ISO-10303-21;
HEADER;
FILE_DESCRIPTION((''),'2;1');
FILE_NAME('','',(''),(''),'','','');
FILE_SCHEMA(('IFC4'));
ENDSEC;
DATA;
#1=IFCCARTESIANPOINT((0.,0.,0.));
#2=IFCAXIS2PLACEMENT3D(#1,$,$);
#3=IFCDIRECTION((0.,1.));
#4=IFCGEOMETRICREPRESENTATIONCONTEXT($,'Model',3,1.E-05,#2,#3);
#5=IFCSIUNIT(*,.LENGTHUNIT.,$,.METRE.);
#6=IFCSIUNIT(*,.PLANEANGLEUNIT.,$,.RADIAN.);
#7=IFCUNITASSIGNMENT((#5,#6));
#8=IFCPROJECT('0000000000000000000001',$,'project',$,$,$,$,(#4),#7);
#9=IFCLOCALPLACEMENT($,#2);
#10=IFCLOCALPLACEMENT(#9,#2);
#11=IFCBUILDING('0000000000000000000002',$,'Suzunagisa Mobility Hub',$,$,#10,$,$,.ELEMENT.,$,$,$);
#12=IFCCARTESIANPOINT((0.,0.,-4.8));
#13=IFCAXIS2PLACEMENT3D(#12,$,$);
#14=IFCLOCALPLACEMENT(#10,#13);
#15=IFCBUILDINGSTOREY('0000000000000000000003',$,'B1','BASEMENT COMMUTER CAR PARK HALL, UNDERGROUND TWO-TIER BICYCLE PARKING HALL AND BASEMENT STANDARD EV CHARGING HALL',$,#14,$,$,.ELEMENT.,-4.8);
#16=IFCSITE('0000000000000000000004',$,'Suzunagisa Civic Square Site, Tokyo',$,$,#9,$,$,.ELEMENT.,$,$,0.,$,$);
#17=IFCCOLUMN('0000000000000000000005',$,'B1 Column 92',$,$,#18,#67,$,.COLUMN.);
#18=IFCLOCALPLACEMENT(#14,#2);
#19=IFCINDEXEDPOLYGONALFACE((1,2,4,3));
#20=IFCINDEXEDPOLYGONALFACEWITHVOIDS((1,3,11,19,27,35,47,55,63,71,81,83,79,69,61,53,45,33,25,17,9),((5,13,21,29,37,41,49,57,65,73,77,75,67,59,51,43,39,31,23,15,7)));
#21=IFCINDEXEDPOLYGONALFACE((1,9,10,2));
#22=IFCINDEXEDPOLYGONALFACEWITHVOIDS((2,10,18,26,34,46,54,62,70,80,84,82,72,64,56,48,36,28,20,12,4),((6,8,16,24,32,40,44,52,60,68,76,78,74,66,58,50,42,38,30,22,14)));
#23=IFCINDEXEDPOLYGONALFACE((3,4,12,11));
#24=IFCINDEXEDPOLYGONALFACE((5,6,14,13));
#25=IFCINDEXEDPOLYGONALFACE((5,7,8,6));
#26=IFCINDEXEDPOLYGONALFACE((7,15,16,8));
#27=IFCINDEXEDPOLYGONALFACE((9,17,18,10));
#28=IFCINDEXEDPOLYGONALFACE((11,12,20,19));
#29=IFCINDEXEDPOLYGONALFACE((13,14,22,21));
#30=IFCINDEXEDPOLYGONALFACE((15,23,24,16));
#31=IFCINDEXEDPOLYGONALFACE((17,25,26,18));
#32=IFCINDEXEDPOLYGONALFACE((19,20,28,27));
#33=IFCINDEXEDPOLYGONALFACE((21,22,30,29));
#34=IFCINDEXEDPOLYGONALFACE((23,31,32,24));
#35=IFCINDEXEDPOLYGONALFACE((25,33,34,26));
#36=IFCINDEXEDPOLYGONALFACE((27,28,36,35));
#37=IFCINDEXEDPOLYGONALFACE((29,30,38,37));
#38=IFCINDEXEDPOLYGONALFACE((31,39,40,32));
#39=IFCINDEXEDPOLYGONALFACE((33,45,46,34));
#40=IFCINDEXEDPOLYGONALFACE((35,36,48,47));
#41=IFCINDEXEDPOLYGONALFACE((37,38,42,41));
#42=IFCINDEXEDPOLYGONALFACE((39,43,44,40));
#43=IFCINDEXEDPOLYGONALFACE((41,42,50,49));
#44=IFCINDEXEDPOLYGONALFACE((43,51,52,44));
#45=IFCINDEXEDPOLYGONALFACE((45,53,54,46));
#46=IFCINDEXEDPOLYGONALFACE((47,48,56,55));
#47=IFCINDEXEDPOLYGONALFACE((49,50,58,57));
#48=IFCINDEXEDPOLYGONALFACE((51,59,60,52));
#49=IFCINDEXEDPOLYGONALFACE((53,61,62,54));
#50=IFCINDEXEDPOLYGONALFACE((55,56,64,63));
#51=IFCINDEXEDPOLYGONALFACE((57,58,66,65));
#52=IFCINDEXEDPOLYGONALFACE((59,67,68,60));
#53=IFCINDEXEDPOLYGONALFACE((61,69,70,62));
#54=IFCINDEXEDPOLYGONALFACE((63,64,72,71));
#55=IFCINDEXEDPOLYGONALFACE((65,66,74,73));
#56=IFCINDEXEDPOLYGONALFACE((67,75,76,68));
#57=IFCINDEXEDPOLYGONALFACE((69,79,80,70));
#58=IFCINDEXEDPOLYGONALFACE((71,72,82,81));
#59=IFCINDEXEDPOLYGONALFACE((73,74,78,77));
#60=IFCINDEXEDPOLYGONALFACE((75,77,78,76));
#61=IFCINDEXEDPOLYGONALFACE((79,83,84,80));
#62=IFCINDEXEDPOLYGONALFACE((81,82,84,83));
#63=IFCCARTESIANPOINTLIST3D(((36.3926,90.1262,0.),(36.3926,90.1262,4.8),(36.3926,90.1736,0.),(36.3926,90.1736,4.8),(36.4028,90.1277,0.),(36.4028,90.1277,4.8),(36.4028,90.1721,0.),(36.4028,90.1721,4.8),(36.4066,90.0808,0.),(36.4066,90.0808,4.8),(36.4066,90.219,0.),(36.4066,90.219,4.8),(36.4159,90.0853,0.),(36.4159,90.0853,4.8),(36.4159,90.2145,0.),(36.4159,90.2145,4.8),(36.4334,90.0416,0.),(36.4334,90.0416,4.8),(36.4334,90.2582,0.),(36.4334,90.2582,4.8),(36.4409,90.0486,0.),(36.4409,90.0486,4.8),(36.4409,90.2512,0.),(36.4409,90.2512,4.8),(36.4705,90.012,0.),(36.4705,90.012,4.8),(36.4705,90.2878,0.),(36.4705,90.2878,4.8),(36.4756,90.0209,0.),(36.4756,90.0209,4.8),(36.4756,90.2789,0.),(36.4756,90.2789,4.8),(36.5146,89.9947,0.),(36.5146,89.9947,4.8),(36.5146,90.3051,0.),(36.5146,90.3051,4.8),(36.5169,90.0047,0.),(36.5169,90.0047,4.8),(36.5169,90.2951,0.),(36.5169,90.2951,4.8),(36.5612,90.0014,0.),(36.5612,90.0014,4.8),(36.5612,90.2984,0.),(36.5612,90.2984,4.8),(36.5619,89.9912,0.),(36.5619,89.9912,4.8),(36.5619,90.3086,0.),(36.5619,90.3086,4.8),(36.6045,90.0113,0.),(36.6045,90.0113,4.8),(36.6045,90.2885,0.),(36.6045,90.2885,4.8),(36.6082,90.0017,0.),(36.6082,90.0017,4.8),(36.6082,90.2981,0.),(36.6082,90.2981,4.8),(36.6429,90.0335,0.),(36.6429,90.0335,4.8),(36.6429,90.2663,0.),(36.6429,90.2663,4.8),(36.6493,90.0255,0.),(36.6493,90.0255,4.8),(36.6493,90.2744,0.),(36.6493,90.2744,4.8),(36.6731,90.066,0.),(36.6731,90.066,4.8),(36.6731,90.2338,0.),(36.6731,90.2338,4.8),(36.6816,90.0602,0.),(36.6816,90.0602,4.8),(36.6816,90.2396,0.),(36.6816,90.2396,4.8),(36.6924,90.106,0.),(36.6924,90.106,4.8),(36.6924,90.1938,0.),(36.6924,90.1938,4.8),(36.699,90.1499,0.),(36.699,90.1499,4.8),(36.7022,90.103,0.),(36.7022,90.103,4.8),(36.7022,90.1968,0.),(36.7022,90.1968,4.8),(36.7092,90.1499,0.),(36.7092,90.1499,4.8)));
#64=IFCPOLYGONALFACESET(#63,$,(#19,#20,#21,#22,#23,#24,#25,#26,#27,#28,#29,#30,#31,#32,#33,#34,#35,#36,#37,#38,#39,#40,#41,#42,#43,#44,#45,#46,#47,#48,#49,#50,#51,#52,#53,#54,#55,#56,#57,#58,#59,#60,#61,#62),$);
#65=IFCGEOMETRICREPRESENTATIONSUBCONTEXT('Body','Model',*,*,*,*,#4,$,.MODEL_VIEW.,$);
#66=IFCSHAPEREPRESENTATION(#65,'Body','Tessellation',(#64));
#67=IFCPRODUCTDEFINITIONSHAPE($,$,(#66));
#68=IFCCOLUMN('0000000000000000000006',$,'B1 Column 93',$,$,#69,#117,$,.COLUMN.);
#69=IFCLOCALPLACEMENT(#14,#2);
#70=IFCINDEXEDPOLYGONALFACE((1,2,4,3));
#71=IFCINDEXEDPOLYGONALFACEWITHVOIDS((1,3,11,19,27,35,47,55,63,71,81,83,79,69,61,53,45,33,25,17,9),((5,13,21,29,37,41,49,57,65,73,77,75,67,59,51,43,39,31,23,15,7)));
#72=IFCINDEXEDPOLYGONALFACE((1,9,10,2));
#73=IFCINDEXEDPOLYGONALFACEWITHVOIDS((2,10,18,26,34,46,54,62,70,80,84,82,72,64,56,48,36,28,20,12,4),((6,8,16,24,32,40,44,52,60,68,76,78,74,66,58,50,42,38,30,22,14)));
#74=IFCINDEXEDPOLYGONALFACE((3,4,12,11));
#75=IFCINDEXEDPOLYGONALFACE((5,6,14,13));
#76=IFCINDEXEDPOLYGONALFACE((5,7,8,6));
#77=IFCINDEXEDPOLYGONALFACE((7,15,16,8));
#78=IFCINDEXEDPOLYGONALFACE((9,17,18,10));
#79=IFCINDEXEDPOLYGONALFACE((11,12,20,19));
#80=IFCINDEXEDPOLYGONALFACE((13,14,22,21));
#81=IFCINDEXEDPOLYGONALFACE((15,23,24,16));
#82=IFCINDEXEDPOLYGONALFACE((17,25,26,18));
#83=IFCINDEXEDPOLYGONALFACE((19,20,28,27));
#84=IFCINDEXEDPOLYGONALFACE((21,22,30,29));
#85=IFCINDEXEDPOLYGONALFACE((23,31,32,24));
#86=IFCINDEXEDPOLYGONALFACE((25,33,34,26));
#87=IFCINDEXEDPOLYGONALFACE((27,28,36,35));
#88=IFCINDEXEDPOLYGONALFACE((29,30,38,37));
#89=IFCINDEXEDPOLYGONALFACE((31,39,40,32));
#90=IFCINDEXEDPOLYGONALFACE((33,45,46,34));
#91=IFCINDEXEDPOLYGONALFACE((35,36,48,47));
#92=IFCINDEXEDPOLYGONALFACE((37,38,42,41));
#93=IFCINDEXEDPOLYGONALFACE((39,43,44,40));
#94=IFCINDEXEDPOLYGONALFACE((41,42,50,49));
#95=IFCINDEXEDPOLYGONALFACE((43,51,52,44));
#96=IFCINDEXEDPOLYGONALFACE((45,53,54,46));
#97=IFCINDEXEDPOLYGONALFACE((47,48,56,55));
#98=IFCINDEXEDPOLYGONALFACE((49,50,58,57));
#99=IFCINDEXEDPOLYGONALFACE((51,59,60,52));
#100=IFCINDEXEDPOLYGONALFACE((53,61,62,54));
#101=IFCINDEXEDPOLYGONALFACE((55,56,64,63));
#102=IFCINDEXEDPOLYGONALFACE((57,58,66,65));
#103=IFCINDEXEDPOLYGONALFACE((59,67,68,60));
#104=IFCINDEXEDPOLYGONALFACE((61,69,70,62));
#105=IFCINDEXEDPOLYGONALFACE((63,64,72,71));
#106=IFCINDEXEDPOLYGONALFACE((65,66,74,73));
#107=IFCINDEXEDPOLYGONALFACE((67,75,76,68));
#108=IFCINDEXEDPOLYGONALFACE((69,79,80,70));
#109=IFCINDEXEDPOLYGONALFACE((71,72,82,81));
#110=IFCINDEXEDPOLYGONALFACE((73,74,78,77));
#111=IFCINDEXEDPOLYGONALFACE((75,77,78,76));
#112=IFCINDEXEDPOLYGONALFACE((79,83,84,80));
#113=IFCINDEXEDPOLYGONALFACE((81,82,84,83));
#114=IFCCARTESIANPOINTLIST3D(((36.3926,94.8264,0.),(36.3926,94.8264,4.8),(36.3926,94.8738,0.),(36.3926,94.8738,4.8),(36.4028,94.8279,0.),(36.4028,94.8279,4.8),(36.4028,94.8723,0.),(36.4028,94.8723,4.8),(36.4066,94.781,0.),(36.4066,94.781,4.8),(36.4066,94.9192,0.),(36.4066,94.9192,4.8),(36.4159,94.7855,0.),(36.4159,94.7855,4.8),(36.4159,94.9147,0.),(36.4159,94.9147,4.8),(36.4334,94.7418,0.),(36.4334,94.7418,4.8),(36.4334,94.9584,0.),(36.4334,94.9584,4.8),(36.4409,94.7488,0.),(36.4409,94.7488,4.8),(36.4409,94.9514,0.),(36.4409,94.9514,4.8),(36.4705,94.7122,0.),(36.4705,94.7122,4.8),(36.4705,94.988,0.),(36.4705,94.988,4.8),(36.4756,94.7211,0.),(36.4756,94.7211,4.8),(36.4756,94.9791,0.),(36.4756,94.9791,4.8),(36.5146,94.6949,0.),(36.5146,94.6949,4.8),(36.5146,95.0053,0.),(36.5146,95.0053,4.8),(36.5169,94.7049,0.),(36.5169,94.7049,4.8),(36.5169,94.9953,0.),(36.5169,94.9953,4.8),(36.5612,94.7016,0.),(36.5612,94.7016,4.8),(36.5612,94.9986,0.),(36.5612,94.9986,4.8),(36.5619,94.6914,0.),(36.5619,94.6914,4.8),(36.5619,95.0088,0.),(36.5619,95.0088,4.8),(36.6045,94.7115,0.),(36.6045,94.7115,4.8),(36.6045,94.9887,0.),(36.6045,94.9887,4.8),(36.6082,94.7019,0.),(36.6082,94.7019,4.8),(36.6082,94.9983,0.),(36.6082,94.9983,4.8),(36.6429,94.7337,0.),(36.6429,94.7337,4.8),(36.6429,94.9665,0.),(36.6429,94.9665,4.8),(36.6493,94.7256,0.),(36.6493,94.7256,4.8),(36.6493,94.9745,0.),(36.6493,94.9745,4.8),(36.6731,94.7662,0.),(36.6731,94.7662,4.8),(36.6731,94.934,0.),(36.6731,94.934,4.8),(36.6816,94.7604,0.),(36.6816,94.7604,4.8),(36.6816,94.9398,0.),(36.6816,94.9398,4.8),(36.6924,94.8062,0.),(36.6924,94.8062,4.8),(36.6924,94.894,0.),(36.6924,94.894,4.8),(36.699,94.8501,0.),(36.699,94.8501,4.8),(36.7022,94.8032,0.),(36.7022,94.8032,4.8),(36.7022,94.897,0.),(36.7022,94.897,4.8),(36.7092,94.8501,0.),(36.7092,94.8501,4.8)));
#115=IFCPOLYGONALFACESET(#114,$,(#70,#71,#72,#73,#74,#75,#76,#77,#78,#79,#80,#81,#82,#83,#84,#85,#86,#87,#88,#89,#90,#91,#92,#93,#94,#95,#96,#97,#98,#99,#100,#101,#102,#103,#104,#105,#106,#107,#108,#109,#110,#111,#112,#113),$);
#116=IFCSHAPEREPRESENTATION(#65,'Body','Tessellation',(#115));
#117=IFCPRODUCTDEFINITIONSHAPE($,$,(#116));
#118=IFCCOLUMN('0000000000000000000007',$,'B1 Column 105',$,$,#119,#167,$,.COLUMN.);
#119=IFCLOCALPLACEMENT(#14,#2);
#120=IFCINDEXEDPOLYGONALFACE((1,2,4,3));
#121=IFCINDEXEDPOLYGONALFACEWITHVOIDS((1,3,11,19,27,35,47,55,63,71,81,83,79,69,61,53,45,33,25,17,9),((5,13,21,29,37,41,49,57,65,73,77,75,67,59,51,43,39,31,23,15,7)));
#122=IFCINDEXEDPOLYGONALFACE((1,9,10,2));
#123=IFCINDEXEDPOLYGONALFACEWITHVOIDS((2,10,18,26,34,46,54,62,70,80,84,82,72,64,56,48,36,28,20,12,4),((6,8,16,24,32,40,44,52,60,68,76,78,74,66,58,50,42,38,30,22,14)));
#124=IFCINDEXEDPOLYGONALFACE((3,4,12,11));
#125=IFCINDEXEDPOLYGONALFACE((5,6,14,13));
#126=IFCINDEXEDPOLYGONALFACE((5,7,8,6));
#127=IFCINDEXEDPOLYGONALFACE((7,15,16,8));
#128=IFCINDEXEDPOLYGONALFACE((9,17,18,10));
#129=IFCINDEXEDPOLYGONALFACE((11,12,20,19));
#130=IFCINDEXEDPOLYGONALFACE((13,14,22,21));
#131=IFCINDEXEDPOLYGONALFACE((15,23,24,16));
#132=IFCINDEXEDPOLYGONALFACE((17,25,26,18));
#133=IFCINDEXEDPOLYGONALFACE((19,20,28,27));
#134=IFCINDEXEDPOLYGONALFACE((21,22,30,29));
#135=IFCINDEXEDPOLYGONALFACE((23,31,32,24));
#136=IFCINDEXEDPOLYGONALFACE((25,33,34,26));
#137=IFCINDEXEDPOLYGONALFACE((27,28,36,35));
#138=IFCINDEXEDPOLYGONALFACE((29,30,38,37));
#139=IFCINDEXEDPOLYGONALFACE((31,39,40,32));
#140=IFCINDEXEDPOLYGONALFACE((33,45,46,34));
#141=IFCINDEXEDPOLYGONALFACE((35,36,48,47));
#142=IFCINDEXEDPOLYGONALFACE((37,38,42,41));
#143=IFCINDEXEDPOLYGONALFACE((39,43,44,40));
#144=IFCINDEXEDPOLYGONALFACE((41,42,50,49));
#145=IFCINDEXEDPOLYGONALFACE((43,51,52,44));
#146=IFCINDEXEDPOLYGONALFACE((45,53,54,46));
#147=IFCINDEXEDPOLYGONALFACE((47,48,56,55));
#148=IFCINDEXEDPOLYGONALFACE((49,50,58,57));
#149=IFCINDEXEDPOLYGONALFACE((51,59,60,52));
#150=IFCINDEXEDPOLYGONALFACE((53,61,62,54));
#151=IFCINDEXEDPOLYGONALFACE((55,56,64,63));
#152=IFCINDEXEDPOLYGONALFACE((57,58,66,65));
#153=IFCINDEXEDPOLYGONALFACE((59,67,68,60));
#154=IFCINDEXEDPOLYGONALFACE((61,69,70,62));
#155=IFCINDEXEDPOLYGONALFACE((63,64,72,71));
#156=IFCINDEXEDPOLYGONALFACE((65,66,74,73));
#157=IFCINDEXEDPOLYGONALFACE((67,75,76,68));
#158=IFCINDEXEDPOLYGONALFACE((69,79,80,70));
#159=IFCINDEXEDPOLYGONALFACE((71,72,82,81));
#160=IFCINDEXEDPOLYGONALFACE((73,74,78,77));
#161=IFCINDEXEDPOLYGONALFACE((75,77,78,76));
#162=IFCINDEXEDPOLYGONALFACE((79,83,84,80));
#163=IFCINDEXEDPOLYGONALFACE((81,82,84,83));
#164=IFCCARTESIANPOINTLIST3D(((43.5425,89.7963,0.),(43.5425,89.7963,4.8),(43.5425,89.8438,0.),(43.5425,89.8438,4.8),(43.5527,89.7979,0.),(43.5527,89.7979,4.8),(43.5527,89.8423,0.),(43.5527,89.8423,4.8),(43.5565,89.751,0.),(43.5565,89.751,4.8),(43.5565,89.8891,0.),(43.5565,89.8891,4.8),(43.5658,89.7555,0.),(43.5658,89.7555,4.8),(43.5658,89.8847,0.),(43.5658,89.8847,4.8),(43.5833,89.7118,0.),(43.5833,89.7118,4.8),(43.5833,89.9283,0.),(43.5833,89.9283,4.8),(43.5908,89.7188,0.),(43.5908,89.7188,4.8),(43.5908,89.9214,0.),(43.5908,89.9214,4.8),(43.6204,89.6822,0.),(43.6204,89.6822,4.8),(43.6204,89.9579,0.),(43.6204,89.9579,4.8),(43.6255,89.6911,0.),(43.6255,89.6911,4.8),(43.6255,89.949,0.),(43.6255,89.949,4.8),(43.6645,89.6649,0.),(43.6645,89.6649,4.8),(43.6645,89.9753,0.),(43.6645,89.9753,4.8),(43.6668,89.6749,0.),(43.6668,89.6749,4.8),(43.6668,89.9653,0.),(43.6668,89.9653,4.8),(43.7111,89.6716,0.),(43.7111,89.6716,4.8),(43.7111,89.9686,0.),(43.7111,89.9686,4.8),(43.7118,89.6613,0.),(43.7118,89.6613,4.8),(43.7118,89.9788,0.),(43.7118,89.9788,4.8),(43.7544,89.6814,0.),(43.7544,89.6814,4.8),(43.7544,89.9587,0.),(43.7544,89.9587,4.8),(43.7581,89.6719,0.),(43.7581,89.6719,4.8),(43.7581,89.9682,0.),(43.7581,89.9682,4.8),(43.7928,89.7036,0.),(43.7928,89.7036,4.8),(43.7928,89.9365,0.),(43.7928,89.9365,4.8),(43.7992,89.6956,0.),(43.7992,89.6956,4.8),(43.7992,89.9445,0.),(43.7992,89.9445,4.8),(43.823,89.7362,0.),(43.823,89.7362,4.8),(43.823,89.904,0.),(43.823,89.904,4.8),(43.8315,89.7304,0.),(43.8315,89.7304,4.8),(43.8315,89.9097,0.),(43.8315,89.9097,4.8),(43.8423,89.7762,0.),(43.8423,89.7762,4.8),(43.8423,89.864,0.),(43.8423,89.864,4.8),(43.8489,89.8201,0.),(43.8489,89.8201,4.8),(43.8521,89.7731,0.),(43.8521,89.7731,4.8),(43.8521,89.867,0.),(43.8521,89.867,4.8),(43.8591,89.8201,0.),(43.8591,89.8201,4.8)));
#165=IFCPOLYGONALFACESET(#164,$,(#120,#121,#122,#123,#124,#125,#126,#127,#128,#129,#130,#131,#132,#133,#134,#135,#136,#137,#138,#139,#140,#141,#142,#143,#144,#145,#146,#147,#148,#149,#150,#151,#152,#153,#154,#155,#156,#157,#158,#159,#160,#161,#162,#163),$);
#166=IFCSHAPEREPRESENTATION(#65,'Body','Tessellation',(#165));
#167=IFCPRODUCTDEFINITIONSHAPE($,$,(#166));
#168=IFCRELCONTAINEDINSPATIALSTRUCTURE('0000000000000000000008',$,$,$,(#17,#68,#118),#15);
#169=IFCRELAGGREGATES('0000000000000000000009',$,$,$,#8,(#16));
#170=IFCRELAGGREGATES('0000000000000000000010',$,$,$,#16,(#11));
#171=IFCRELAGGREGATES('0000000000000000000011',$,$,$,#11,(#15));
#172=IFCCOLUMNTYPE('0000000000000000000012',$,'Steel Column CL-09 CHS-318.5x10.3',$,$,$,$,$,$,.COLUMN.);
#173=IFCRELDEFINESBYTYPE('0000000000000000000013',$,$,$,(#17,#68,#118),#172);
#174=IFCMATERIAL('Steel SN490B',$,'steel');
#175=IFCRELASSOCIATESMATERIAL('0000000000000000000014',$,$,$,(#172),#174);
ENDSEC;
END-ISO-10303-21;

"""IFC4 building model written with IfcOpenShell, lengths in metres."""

from ifc_helpers import new_model, si_unit, direction, frame, origin, origin_2d, place, context, subcontext, project, spatial, hollow_circle, extrude, material, material_profile, profile_set, type_object, element, save


model = new_model("IFC4")

# Units and contexts
model_context = context("Model", 3, precision=1e-05, world=origin(), true_north=direction((0.0, 1.0)))
body_context = subcontext(model_context, "Body", "Model", "MODEL_VIEW")
ifc_project = project(units=[si_unit("LENGTHUNIT", "METRE"), si_unit("PLANEANGLEUNIT", "RADIAN")], contexts=[model_context])

# Site, building, storey
site_placement = place(None, origin())
site = spatial("IfcSite", under=ifc_project, at=site_placement, Name="Suzunagisa Civic Square Site, Tokyo", CompositionType="ELEMENT", RefElevation=0.0)
building_placement = place(site_placement, origin())
building = spatial("IfcBuilding", under=site, at=building_placement, Name="Suzunagisa Mobility Hub", CompositionType="ELEMENT")
storey_placement = place(building_placement, frame((0.0, 0.0, -4.8)))
storey = spatial("IfcBuildingStorey", under=building, at=storey_placement, Name="B1", Description="BASEMENT COMMUTER CAR PARK HALL, UNDERGROUND TWO-TIER BICYCLE PARKING HALL AND BASEMENT STANDARD EV CHARGING HALL", CompositionType="ELEMENT", Elevation=-4.8)

# Columns
ifc_material_1 = material(Name="Steel SN490B", Category="steel")
ifc_material_profile_1 = material_profile(ifc_material_1, hollow_circle(Radius=0.1592, WallThickness=0.0103, at=origin_2d()), Name="CHS-318.5x10.3")
ifc_profile_set_1 = profile_set([ifc_material_profile_1], Name="Steel SN490B")
column_type = type_object("IfcColumnType", Name="Steel Column CL-09 CHS-318.5x10.3", PredefinedType="COLUMN", material=ifc_profile_set_1)
for number, where, z_axis, x_axis, name in (
    (1, (36.55, 90.1499, 0.0), (0.0, 0.0, 1.0), (1.0, 0.0, 0.0), "B1 Column 92"),
    (2, (36.55, 94.8501, 0.0), (0.0, 0.0, 1.0), (1.0, 0.0, 0.0), "B1 Column 93"),
    (3, (43.7, 89.8201, 0.0), (0.0, 0.0, 1.0), (1.0, 0.0, 0.0), "B1 Column 105"),
):
    element("IfcColumn", number, at=place(storey_placement, frame(where, z_axis=z_axis, x_axis=x_axis)), inside=storey, type_object=column_type, Name=name, PredefinedType="COLUMN", context=body_context, shape_type="SweptSolid", body=[
        extrude(hollow_circle(Radius=0.1592, WallThickness=0.0103, at=origin_2d()), origin(), (0.0, 0.0, 1.0), 4.8),
    ])

save(model, "model.ifc")
